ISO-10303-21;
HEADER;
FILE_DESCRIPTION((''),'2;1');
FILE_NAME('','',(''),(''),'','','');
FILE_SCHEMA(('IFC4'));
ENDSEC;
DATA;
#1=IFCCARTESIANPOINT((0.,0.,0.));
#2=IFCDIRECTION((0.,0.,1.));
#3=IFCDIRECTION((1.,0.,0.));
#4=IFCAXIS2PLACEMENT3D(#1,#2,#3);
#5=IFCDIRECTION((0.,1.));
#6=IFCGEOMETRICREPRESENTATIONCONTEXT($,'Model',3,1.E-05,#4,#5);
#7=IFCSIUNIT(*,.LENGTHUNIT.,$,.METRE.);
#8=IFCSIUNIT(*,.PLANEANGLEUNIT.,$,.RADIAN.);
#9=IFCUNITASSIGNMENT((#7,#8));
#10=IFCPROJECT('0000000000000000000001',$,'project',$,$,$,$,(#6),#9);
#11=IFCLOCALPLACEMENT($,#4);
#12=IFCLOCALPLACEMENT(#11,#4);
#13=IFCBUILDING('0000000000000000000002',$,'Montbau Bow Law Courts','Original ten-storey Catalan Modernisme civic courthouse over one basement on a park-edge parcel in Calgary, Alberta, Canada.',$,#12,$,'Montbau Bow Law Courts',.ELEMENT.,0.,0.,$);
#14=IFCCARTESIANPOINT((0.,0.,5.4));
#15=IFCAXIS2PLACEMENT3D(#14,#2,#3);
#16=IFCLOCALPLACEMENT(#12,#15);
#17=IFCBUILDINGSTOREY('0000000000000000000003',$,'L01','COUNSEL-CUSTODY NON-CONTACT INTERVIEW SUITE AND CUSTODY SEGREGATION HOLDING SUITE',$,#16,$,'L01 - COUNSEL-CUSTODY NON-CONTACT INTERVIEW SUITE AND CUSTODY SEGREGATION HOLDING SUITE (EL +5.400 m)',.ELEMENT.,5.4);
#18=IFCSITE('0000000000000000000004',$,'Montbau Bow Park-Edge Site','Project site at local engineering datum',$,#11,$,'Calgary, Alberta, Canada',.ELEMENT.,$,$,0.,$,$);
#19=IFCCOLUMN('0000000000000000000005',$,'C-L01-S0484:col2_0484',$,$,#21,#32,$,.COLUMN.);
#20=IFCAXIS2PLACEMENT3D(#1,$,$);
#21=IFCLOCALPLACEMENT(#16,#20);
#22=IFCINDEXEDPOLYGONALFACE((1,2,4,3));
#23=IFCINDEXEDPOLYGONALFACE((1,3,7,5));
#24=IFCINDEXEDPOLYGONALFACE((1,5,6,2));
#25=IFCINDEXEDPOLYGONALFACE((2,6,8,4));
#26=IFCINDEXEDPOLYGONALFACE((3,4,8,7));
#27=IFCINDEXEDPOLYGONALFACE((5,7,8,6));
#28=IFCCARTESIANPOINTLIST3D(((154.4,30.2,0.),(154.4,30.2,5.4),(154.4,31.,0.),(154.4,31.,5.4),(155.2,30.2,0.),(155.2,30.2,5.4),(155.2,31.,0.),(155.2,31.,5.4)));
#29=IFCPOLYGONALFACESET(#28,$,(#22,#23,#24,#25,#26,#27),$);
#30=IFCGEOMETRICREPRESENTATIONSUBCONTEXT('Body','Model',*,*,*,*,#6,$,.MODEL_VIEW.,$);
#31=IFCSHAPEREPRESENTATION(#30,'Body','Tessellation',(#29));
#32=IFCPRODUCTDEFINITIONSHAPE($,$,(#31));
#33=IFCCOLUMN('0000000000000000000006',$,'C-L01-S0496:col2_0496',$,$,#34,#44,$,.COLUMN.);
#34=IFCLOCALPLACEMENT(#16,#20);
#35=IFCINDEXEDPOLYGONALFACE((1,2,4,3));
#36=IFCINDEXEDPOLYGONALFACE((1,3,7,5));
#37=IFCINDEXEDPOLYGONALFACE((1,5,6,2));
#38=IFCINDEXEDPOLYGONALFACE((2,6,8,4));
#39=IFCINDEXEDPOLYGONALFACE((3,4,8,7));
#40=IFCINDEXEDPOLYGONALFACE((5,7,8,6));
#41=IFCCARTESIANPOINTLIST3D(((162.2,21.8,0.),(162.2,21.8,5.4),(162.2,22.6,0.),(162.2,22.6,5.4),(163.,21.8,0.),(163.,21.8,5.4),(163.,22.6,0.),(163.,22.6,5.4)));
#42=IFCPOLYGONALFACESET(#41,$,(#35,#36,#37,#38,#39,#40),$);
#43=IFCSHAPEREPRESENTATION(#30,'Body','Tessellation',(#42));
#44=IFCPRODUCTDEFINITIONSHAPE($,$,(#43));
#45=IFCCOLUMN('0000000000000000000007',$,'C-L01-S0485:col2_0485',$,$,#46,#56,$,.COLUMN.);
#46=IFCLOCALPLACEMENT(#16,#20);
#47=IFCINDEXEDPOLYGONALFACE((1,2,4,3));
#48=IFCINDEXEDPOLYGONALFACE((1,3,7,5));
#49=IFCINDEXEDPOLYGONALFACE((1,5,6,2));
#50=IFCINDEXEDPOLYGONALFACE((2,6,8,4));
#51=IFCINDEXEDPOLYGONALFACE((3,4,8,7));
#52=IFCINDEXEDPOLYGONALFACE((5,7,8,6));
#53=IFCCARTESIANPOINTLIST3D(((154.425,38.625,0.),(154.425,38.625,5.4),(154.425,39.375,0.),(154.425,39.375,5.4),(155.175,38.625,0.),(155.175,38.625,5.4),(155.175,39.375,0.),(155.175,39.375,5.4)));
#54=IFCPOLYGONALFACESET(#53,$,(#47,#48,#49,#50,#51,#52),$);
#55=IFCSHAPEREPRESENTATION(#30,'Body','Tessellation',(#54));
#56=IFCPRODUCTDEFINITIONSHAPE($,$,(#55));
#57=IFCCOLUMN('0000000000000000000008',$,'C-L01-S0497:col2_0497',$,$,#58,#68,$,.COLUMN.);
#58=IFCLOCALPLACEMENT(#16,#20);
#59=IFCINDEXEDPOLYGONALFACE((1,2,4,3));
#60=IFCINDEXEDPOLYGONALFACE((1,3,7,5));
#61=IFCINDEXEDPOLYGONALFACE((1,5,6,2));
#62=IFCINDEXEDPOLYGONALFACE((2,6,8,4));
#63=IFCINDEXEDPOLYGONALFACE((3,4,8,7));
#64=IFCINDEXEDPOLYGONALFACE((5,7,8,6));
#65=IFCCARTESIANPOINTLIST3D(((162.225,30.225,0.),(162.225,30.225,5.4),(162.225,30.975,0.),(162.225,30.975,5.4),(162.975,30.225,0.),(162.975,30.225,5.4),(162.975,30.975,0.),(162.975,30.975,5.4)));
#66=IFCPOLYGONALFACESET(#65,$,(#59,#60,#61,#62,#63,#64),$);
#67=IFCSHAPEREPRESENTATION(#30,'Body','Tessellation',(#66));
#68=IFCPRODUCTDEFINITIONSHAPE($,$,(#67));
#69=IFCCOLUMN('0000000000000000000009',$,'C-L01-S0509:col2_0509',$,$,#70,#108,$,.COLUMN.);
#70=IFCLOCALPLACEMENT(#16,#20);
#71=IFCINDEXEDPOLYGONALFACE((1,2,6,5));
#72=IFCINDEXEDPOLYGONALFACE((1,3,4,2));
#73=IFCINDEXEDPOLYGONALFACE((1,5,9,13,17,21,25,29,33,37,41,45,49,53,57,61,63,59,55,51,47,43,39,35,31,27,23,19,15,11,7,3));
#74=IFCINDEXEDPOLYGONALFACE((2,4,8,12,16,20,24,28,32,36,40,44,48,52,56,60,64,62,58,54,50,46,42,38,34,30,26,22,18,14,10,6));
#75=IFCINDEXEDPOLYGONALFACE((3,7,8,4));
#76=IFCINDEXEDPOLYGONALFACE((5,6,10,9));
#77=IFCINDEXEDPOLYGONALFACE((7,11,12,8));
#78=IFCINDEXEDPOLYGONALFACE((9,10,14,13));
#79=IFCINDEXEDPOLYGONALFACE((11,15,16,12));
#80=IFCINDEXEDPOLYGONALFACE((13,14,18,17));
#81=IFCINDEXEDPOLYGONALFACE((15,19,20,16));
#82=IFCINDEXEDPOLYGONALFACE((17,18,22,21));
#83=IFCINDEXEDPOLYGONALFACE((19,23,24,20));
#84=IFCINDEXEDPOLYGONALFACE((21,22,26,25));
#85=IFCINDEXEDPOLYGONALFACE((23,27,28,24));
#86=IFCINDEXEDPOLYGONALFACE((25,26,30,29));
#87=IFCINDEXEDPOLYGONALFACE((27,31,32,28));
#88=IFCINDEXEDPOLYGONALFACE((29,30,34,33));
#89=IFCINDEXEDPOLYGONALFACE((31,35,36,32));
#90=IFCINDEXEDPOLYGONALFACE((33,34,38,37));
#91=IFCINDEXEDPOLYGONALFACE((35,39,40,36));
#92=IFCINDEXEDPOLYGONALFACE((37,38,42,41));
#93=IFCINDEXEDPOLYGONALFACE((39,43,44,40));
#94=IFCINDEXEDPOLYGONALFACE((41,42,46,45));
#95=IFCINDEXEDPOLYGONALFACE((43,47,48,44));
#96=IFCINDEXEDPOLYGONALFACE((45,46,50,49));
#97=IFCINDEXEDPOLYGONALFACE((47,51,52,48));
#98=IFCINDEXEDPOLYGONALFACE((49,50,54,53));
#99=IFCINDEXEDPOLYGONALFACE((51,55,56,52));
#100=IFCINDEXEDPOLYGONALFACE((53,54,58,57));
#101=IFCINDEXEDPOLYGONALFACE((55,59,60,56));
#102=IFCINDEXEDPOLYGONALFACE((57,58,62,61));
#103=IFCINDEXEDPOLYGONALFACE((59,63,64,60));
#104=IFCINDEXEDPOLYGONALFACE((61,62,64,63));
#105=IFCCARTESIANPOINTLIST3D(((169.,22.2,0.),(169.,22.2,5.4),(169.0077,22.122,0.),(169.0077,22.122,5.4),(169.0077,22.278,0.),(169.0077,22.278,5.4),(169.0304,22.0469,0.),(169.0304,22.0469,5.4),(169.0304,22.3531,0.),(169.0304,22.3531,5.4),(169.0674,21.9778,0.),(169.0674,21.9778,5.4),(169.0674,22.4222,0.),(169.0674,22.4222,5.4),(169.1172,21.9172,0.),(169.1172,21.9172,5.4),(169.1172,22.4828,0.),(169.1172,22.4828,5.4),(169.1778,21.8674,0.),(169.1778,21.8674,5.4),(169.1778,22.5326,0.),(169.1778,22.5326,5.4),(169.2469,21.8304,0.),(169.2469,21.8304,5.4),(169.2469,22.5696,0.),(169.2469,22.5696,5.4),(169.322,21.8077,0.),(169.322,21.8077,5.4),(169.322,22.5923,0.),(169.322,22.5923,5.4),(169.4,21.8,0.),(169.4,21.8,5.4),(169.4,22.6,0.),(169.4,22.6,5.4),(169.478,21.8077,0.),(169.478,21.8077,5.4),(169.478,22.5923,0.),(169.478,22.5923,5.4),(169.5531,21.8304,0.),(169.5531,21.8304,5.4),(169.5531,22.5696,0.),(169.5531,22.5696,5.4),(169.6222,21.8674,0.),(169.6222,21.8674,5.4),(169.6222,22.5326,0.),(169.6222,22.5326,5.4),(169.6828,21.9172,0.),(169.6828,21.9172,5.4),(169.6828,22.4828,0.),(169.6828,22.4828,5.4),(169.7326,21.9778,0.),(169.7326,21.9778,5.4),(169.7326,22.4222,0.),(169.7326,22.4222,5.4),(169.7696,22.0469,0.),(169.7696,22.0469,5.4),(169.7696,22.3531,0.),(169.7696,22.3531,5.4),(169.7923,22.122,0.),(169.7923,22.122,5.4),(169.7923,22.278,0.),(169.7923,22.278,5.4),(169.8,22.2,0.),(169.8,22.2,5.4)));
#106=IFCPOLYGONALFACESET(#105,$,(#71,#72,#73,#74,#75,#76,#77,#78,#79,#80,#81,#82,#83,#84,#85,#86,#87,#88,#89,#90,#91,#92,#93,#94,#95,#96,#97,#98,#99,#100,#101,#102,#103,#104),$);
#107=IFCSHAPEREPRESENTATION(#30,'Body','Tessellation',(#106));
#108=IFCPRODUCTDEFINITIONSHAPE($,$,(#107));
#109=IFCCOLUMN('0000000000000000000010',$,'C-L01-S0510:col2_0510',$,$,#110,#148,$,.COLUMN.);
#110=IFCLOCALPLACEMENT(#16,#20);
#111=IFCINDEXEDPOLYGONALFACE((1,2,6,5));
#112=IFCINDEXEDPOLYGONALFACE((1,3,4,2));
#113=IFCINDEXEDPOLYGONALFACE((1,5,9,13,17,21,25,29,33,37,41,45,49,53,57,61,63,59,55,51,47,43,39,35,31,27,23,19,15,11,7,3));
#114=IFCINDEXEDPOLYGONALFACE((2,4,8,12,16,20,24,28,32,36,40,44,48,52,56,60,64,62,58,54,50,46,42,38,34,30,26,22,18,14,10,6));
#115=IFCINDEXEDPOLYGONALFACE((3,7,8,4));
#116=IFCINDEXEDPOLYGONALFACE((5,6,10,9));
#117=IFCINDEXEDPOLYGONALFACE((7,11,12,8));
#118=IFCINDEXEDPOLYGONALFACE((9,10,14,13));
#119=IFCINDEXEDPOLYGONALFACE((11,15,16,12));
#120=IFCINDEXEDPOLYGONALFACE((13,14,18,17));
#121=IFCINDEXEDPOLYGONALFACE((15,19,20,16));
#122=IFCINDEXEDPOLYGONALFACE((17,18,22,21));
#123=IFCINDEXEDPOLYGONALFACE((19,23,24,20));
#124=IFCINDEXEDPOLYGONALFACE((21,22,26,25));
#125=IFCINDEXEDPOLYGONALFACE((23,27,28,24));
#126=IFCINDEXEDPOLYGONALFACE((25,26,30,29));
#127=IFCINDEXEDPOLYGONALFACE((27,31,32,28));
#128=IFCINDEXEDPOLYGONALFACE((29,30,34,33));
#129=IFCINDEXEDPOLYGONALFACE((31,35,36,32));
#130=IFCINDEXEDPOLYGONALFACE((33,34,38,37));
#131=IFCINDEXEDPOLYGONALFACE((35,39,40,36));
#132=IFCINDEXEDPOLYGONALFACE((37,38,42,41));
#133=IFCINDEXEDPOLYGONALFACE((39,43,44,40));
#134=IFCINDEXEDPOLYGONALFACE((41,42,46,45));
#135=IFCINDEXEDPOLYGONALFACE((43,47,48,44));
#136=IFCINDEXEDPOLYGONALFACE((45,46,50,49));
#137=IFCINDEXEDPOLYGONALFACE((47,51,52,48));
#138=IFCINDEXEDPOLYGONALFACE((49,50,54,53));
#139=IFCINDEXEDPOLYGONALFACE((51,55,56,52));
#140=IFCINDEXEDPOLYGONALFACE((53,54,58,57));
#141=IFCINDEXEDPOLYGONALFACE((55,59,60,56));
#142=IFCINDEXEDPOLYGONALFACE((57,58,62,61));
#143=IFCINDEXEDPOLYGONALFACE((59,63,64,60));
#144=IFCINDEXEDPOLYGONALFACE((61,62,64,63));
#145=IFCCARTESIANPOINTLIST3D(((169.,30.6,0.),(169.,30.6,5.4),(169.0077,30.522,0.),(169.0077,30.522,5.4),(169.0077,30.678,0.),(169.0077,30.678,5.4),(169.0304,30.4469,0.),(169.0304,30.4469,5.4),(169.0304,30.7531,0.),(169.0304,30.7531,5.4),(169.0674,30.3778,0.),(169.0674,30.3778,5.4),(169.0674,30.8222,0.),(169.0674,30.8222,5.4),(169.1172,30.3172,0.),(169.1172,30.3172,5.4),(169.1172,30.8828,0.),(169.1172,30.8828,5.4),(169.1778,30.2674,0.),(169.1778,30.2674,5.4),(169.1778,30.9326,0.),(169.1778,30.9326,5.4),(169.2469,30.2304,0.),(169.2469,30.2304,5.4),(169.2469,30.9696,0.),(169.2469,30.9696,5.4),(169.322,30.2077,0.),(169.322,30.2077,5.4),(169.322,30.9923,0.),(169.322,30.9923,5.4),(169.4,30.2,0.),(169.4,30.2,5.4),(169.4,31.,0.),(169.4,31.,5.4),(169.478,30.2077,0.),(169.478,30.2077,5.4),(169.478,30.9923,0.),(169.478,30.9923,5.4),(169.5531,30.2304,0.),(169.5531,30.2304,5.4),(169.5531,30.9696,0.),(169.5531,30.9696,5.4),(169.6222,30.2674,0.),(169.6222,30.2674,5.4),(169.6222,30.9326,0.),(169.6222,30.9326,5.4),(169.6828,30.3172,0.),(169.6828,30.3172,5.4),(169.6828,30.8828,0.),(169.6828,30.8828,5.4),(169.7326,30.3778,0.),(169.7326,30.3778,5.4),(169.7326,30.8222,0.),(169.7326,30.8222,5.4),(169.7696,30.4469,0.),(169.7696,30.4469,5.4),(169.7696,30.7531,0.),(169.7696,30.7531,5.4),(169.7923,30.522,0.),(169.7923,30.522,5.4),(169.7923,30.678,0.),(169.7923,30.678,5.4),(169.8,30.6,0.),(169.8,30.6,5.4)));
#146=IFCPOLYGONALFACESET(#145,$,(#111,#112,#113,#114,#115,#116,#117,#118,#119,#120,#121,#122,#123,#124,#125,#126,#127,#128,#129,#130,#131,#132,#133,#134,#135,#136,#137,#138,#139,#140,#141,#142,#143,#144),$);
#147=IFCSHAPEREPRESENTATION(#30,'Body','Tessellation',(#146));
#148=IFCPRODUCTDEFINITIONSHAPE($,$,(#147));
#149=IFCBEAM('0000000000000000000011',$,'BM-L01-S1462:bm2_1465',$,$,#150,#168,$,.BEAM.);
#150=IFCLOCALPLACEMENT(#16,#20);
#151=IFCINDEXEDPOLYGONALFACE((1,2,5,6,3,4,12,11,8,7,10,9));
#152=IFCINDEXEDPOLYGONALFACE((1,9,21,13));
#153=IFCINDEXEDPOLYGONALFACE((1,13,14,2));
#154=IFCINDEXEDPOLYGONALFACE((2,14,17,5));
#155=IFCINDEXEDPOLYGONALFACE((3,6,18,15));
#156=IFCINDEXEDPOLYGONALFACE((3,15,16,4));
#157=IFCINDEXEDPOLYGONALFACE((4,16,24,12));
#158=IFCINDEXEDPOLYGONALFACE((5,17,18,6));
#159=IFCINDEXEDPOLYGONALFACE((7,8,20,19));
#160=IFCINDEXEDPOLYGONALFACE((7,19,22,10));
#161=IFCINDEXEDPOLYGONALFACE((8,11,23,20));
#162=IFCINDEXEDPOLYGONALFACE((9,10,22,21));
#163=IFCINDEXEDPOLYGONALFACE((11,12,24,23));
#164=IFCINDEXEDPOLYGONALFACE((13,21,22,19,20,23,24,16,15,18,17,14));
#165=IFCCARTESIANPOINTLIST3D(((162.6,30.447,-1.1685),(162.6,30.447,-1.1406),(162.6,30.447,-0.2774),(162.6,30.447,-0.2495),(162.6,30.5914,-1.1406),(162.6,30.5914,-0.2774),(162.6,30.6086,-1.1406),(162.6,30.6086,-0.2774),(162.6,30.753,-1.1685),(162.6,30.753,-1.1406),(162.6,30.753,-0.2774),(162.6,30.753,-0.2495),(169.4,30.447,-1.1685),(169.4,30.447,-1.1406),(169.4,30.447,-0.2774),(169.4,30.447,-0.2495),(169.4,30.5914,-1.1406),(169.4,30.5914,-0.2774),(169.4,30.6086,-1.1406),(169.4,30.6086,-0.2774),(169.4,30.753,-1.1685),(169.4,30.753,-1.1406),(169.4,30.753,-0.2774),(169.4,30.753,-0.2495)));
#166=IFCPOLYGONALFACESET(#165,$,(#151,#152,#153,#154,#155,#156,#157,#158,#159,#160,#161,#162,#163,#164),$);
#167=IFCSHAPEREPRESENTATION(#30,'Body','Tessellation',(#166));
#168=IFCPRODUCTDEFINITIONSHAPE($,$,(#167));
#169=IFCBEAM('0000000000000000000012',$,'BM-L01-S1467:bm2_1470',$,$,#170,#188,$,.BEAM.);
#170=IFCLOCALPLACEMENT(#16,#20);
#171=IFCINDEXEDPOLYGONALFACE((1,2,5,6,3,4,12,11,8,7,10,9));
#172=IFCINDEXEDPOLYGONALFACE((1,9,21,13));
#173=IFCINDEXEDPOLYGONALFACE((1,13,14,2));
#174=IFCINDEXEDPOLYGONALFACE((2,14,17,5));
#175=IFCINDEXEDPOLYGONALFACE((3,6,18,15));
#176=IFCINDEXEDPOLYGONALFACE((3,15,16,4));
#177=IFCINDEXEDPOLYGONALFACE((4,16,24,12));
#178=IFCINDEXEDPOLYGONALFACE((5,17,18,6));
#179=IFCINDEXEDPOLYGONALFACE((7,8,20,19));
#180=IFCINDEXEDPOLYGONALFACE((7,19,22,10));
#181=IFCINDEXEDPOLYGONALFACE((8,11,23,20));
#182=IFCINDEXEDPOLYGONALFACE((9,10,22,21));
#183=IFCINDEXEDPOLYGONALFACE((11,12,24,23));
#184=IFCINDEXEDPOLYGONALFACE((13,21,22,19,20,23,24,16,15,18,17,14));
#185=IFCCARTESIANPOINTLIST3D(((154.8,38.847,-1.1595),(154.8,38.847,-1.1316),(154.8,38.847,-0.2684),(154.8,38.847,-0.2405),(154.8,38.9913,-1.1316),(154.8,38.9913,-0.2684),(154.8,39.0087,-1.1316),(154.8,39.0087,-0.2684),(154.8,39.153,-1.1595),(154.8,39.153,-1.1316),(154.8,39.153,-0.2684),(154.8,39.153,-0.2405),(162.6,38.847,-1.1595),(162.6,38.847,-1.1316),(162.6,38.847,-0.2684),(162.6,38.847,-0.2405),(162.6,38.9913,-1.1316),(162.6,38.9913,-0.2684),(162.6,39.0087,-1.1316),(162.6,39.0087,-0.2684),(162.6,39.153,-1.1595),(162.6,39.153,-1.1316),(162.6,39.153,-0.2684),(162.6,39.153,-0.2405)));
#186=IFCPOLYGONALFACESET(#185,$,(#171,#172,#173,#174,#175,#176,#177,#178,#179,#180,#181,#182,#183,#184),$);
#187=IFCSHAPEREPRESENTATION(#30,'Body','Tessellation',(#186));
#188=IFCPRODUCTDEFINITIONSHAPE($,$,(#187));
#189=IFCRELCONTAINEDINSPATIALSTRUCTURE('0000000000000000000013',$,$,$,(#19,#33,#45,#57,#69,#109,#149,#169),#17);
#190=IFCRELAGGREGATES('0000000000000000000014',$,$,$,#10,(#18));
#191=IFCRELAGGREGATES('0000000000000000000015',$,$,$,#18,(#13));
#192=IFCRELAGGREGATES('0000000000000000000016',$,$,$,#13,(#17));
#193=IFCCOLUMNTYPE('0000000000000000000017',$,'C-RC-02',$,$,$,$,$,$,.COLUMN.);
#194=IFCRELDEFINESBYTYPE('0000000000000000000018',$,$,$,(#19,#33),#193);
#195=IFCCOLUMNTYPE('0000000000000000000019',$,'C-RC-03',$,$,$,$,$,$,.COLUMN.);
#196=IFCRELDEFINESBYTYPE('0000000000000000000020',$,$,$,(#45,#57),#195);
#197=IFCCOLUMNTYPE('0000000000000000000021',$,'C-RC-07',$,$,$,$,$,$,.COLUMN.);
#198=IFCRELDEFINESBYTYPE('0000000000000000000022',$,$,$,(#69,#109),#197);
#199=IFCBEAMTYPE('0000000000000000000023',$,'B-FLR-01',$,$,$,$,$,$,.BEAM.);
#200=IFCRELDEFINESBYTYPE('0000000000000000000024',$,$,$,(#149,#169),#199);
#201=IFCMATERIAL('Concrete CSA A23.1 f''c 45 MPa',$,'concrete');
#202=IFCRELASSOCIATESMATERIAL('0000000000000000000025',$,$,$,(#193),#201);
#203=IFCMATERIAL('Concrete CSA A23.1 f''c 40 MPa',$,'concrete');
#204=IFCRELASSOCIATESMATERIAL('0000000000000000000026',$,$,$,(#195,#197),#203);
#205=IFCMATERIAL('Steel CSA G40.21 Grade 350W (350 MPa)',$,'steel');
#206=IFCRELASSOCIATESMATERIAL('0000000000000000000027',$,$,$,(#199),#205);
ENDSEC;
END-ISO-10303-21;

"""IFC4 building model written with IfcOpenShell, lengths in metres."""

from ifc_helpers import new_model, si_unit, direction, frame, origin_with_axes, origin_2d_with_axis, place, context, subcontext, project, spatial, rectangle, circle, i_section, extrude, material, material_profile, profile_set, type_object, element, save


model = new_model("IFC4")

# Units and contexts
model_context = context("Model", 3, precision=1e-05, world=origin_with_axes(), true_north=direction((0.0, 1.0)))
body_context = subcontext(model_context, "Body", "Model", "MODEL_VIEW")
ifc_project = project(units=[si_unit("LENGTHUNIT", "METRE"), si_unit("PLANEANGLEUNIT", "RADIAN")], contexts=[model_context])

# Site, building, storey
site_placement = place(None, origin_with_axes())
site = spatial("IfcSite", under=ifc_project, at=site_placement, Name="Montbau Bow Park-Edge Site", Description="Project site at local engineering datum", LongName="Calgary, Alberta, Canada", CompositionType="ELEMENT", RefElevation=0.0)
building_placement = place(site_placement, origin_with_axes())
building = spatial("IfcBuilding", under=site, at=building_placement, Name="Montbau Bow Law Courts", Description="Original ten-storey Catalan Modernisme civic courthouse over one basement on a park-edge parcel in Calgary, Alberta, Canada.", LongName="Montbau Bow Law Courts", CompositionType="ELEMENT", ElevationOfRefHeight=0.0, ElevationOfTerrain=0.0)
storey_placement = place(building_placement, frame((0.0, 0.0, 5.4), z_axis=(0.0, 0.0, 1.0), x_axis=(1.0, 0.0, 0.0)))
storey = spatial("IfcBuildingStorey", under=building, at=storey_placement, Name="L01", Description="COUNSEL-CUSTODY NON-CONTACT INTERVIEW SUITE AND CUSTODY SEGREGATION HOLDING SUITE", LongName="L01 - COUNSEL-CUSTODY NON-CONTACT INTERVIEW SUITE AND CUSTODY SEGREGATION HOLDING SUITE (EL +5.400 m)", CompositionType="ELEMENT", Elevation=5.4)

# Columns
ifc_material_1 = material(Name="Concrete CSA A23.1 f'c 45 MPa", Category="concrete")
ifc_material_profile_1 = material_profile(ifc_material_1, rectangle(XDim=0.8, YDim=0.8, at=origin_2d_with_axis()), Name="RC800X800", Category="Main", Priority=0)
ifc_profile_set_1 = profile_set([ifc_material_profile_1], Name="Concrete CSA A23.1 f'c 45 MPa")
column_type_1 = type_object("IfcColumnType", Name="C-RC-02", PredefinedType="COLUMN", material=ifc_profile_set_1)
for number, where, z_axis, x_axis, name in (
    (1, (154.8, 30.6, 5.4), (0.0, 0.0, 1.0), (1.0, 0.0, 0.0), "C-L01-S0484:col2_0484"),
    (2, (162.6, 22.2, 5.4), (0.0, 0.0, 1.0), (1.0, 0.0, 0.0), "C-L01-S0496:col2_0496"),
):
    element("IfcColumn", number, at=place(None, frame(where, z_axis=z_axis, x_axis=x_axis)), inside=storey, type_object=column_type_1, Name=name, PredefinedType="COLUMN", context=body_context, shape_type="SweptSolid", body=[
        extrude(rectangle(XDim=0.8, YDim=0.8, at=origin_2d_with_axis()), origin_with_axes(), (0.0, 0.0, 1.0), 5.4),
    ])
ifc_material_2 = material(Name="Concrete CSA A23.1 f'c 40 MPa", Category="concrete")
ifc_material_profile_2 = material_profile(ifc_material_2, rectangle(XDim=0.75, YDim=0.75, at=origin_2d_with_axis()), Name="RC750X750", Category="Main", Priority=0)
ifc_profile_set_2 = profile_set([ifc_material_profile_2], Name="Concrete CSA A23.1 f'c 40 MPa")
column_type_2 = type_object("IfcColumnType", Name="C-RC-03", PredefinedType="COLUMN", material=ifc_profile_set_2)
for number, where, z_axis, x_axis, name in (
    (3, (154.8, 39.0, 5.4), (0.0, 0.0, 1.0), (1.0, 0.0, 0.0), "C-L01-S0485:col2_0485"),
    (4, (162.6, 30.6, 5.4), (0.0, 0.0, 1.0), (1.0, 0.0, 0.0), "C-L01-S0497:col2_0497"),
):
    element("IfcColumn", number, at=place(None, frame(where, z_axis=z_axis, x_axis=x_axis)), inside=storey, type_object=column_type_2, Name=name, PredefinedType="COLUMN", context=body_context, shape_type="SweptSolid", body=[
        extrude(rectangle(XDim=0.75, YDim=0.75, at=origin_2d_with_axis()), origin_with_axes(), (0.0, 0.0, 1.0), 5.4),
    ])
ifc_material_profile_3 = material_profile(ifc_material_2, circle(Radius=0.4, at=origin_2d_with_axis()), Name="RC800D", Category="Main", Priority=0)
ifc_profile_set_3 = profile_set([ifc_material_profile_3], Name="Concrete CSA A23.1 f'c 40 MPa")
column_type_3 = type_object("IfcColumnType", Name="C-RC-07", PredefinedType="COLUMN", material=ifc_profile_set_3)
for number, where, z_axis, x_axis, name in (
    (5, (169.4, 22.2, 5.4), (0.0, 0.0, 1.0), (1.0, 0.0, 0.0), "C-L01-S0509:col2_0509"),
    (6, (169.4, 30.6, 5.4), (0.0, 0.0, 1.0), (1.0, 0.0, 0.0), "C-L01-S0510:col2_0510"),
):
    element("IfcColumn", number, at=place(None, frame(where, z_axis=z_axis, x_axis=x_axis)), inside=storey, type_object=column_type_3, Name=name, PredefinedType="COLUMN", context=body_context, shape_type="SweptSolid", body=[
        extrude(circle(Radius=0.4, at=origin_2d_with_axis()), origin_with_axes(), (0.0, 0.0, 1.0), 5.4),
    ])

# Beams
ifc_material_3 = material(Name="Steel CSA G40.21 Grade 350W (350 MPa)", Category="steel")
ifc_material_profile_4 = material_profile(ifc_material_3, i_section(OverallWidth=0.306, OverallDepth=0.919, WebThickness=0.0173, FlangeThickness=0.0279, at=origin_2d_with_axis()), Name="W920X253", Category="Main", Priority=0)
ifc_profile_set_4 = profile_set([ifc_material_profile_4], Name="Steel CSA G40.21 Grade 350W (350 MPa)")
beam_type_1 = type_object("IfcBeamType", Name="B-FLR-01", PredefinedType="BEAM", material=ifc_profile_set_4)
beam_1_placement = place(None, frame((162.6, 30.6, 4.691), z_axis=(1.0, 0.0, 0.0), x_axis=(0.0, 1.0, 0.0)))
element("IfcBeam", 7, at=beam_1_placement, inside=storey, type_object=beam_type_1, Name="BM-L01-S1462:bm2_1465", PredefinedType="BEAM", context=body_context, shape_type="SweptSolid", body=[
    extrude(i_section(OverallWidth=0.306, OverallDepth=0.919, WebThickness=0.0173, FlangeThickness=0.0279, at=origin_2d_with_axis()), origin_with_axes(), (0.0, 0.0, 1.0), 6.8),
])
beam_2_placement = place(None, frame((154.8, 39.0, 4.7), z_axis=(1.0, 0.0, 0.0), x_axis=(0.0, 1.0, 0.0)))
element("IfcBeam", 8, at=beam_2_placement, inside=storey, type_object=beam_type_1, Name="BM-L01-S1467:bm2_1470", PredefinedType="BEAM", context=body_context, shape_type="SweptSolid", body=[
    extrude(i_section(OverallWidth=0.306, OverallDepth=0.919, WebThickness=0.0173, FlangeThickness=0.0279, at=origin_2d_with_axis()), origin_with_axes(), (0.0, 0.0, 1.0), 7.8),
])

save(model, "model.ifc")
